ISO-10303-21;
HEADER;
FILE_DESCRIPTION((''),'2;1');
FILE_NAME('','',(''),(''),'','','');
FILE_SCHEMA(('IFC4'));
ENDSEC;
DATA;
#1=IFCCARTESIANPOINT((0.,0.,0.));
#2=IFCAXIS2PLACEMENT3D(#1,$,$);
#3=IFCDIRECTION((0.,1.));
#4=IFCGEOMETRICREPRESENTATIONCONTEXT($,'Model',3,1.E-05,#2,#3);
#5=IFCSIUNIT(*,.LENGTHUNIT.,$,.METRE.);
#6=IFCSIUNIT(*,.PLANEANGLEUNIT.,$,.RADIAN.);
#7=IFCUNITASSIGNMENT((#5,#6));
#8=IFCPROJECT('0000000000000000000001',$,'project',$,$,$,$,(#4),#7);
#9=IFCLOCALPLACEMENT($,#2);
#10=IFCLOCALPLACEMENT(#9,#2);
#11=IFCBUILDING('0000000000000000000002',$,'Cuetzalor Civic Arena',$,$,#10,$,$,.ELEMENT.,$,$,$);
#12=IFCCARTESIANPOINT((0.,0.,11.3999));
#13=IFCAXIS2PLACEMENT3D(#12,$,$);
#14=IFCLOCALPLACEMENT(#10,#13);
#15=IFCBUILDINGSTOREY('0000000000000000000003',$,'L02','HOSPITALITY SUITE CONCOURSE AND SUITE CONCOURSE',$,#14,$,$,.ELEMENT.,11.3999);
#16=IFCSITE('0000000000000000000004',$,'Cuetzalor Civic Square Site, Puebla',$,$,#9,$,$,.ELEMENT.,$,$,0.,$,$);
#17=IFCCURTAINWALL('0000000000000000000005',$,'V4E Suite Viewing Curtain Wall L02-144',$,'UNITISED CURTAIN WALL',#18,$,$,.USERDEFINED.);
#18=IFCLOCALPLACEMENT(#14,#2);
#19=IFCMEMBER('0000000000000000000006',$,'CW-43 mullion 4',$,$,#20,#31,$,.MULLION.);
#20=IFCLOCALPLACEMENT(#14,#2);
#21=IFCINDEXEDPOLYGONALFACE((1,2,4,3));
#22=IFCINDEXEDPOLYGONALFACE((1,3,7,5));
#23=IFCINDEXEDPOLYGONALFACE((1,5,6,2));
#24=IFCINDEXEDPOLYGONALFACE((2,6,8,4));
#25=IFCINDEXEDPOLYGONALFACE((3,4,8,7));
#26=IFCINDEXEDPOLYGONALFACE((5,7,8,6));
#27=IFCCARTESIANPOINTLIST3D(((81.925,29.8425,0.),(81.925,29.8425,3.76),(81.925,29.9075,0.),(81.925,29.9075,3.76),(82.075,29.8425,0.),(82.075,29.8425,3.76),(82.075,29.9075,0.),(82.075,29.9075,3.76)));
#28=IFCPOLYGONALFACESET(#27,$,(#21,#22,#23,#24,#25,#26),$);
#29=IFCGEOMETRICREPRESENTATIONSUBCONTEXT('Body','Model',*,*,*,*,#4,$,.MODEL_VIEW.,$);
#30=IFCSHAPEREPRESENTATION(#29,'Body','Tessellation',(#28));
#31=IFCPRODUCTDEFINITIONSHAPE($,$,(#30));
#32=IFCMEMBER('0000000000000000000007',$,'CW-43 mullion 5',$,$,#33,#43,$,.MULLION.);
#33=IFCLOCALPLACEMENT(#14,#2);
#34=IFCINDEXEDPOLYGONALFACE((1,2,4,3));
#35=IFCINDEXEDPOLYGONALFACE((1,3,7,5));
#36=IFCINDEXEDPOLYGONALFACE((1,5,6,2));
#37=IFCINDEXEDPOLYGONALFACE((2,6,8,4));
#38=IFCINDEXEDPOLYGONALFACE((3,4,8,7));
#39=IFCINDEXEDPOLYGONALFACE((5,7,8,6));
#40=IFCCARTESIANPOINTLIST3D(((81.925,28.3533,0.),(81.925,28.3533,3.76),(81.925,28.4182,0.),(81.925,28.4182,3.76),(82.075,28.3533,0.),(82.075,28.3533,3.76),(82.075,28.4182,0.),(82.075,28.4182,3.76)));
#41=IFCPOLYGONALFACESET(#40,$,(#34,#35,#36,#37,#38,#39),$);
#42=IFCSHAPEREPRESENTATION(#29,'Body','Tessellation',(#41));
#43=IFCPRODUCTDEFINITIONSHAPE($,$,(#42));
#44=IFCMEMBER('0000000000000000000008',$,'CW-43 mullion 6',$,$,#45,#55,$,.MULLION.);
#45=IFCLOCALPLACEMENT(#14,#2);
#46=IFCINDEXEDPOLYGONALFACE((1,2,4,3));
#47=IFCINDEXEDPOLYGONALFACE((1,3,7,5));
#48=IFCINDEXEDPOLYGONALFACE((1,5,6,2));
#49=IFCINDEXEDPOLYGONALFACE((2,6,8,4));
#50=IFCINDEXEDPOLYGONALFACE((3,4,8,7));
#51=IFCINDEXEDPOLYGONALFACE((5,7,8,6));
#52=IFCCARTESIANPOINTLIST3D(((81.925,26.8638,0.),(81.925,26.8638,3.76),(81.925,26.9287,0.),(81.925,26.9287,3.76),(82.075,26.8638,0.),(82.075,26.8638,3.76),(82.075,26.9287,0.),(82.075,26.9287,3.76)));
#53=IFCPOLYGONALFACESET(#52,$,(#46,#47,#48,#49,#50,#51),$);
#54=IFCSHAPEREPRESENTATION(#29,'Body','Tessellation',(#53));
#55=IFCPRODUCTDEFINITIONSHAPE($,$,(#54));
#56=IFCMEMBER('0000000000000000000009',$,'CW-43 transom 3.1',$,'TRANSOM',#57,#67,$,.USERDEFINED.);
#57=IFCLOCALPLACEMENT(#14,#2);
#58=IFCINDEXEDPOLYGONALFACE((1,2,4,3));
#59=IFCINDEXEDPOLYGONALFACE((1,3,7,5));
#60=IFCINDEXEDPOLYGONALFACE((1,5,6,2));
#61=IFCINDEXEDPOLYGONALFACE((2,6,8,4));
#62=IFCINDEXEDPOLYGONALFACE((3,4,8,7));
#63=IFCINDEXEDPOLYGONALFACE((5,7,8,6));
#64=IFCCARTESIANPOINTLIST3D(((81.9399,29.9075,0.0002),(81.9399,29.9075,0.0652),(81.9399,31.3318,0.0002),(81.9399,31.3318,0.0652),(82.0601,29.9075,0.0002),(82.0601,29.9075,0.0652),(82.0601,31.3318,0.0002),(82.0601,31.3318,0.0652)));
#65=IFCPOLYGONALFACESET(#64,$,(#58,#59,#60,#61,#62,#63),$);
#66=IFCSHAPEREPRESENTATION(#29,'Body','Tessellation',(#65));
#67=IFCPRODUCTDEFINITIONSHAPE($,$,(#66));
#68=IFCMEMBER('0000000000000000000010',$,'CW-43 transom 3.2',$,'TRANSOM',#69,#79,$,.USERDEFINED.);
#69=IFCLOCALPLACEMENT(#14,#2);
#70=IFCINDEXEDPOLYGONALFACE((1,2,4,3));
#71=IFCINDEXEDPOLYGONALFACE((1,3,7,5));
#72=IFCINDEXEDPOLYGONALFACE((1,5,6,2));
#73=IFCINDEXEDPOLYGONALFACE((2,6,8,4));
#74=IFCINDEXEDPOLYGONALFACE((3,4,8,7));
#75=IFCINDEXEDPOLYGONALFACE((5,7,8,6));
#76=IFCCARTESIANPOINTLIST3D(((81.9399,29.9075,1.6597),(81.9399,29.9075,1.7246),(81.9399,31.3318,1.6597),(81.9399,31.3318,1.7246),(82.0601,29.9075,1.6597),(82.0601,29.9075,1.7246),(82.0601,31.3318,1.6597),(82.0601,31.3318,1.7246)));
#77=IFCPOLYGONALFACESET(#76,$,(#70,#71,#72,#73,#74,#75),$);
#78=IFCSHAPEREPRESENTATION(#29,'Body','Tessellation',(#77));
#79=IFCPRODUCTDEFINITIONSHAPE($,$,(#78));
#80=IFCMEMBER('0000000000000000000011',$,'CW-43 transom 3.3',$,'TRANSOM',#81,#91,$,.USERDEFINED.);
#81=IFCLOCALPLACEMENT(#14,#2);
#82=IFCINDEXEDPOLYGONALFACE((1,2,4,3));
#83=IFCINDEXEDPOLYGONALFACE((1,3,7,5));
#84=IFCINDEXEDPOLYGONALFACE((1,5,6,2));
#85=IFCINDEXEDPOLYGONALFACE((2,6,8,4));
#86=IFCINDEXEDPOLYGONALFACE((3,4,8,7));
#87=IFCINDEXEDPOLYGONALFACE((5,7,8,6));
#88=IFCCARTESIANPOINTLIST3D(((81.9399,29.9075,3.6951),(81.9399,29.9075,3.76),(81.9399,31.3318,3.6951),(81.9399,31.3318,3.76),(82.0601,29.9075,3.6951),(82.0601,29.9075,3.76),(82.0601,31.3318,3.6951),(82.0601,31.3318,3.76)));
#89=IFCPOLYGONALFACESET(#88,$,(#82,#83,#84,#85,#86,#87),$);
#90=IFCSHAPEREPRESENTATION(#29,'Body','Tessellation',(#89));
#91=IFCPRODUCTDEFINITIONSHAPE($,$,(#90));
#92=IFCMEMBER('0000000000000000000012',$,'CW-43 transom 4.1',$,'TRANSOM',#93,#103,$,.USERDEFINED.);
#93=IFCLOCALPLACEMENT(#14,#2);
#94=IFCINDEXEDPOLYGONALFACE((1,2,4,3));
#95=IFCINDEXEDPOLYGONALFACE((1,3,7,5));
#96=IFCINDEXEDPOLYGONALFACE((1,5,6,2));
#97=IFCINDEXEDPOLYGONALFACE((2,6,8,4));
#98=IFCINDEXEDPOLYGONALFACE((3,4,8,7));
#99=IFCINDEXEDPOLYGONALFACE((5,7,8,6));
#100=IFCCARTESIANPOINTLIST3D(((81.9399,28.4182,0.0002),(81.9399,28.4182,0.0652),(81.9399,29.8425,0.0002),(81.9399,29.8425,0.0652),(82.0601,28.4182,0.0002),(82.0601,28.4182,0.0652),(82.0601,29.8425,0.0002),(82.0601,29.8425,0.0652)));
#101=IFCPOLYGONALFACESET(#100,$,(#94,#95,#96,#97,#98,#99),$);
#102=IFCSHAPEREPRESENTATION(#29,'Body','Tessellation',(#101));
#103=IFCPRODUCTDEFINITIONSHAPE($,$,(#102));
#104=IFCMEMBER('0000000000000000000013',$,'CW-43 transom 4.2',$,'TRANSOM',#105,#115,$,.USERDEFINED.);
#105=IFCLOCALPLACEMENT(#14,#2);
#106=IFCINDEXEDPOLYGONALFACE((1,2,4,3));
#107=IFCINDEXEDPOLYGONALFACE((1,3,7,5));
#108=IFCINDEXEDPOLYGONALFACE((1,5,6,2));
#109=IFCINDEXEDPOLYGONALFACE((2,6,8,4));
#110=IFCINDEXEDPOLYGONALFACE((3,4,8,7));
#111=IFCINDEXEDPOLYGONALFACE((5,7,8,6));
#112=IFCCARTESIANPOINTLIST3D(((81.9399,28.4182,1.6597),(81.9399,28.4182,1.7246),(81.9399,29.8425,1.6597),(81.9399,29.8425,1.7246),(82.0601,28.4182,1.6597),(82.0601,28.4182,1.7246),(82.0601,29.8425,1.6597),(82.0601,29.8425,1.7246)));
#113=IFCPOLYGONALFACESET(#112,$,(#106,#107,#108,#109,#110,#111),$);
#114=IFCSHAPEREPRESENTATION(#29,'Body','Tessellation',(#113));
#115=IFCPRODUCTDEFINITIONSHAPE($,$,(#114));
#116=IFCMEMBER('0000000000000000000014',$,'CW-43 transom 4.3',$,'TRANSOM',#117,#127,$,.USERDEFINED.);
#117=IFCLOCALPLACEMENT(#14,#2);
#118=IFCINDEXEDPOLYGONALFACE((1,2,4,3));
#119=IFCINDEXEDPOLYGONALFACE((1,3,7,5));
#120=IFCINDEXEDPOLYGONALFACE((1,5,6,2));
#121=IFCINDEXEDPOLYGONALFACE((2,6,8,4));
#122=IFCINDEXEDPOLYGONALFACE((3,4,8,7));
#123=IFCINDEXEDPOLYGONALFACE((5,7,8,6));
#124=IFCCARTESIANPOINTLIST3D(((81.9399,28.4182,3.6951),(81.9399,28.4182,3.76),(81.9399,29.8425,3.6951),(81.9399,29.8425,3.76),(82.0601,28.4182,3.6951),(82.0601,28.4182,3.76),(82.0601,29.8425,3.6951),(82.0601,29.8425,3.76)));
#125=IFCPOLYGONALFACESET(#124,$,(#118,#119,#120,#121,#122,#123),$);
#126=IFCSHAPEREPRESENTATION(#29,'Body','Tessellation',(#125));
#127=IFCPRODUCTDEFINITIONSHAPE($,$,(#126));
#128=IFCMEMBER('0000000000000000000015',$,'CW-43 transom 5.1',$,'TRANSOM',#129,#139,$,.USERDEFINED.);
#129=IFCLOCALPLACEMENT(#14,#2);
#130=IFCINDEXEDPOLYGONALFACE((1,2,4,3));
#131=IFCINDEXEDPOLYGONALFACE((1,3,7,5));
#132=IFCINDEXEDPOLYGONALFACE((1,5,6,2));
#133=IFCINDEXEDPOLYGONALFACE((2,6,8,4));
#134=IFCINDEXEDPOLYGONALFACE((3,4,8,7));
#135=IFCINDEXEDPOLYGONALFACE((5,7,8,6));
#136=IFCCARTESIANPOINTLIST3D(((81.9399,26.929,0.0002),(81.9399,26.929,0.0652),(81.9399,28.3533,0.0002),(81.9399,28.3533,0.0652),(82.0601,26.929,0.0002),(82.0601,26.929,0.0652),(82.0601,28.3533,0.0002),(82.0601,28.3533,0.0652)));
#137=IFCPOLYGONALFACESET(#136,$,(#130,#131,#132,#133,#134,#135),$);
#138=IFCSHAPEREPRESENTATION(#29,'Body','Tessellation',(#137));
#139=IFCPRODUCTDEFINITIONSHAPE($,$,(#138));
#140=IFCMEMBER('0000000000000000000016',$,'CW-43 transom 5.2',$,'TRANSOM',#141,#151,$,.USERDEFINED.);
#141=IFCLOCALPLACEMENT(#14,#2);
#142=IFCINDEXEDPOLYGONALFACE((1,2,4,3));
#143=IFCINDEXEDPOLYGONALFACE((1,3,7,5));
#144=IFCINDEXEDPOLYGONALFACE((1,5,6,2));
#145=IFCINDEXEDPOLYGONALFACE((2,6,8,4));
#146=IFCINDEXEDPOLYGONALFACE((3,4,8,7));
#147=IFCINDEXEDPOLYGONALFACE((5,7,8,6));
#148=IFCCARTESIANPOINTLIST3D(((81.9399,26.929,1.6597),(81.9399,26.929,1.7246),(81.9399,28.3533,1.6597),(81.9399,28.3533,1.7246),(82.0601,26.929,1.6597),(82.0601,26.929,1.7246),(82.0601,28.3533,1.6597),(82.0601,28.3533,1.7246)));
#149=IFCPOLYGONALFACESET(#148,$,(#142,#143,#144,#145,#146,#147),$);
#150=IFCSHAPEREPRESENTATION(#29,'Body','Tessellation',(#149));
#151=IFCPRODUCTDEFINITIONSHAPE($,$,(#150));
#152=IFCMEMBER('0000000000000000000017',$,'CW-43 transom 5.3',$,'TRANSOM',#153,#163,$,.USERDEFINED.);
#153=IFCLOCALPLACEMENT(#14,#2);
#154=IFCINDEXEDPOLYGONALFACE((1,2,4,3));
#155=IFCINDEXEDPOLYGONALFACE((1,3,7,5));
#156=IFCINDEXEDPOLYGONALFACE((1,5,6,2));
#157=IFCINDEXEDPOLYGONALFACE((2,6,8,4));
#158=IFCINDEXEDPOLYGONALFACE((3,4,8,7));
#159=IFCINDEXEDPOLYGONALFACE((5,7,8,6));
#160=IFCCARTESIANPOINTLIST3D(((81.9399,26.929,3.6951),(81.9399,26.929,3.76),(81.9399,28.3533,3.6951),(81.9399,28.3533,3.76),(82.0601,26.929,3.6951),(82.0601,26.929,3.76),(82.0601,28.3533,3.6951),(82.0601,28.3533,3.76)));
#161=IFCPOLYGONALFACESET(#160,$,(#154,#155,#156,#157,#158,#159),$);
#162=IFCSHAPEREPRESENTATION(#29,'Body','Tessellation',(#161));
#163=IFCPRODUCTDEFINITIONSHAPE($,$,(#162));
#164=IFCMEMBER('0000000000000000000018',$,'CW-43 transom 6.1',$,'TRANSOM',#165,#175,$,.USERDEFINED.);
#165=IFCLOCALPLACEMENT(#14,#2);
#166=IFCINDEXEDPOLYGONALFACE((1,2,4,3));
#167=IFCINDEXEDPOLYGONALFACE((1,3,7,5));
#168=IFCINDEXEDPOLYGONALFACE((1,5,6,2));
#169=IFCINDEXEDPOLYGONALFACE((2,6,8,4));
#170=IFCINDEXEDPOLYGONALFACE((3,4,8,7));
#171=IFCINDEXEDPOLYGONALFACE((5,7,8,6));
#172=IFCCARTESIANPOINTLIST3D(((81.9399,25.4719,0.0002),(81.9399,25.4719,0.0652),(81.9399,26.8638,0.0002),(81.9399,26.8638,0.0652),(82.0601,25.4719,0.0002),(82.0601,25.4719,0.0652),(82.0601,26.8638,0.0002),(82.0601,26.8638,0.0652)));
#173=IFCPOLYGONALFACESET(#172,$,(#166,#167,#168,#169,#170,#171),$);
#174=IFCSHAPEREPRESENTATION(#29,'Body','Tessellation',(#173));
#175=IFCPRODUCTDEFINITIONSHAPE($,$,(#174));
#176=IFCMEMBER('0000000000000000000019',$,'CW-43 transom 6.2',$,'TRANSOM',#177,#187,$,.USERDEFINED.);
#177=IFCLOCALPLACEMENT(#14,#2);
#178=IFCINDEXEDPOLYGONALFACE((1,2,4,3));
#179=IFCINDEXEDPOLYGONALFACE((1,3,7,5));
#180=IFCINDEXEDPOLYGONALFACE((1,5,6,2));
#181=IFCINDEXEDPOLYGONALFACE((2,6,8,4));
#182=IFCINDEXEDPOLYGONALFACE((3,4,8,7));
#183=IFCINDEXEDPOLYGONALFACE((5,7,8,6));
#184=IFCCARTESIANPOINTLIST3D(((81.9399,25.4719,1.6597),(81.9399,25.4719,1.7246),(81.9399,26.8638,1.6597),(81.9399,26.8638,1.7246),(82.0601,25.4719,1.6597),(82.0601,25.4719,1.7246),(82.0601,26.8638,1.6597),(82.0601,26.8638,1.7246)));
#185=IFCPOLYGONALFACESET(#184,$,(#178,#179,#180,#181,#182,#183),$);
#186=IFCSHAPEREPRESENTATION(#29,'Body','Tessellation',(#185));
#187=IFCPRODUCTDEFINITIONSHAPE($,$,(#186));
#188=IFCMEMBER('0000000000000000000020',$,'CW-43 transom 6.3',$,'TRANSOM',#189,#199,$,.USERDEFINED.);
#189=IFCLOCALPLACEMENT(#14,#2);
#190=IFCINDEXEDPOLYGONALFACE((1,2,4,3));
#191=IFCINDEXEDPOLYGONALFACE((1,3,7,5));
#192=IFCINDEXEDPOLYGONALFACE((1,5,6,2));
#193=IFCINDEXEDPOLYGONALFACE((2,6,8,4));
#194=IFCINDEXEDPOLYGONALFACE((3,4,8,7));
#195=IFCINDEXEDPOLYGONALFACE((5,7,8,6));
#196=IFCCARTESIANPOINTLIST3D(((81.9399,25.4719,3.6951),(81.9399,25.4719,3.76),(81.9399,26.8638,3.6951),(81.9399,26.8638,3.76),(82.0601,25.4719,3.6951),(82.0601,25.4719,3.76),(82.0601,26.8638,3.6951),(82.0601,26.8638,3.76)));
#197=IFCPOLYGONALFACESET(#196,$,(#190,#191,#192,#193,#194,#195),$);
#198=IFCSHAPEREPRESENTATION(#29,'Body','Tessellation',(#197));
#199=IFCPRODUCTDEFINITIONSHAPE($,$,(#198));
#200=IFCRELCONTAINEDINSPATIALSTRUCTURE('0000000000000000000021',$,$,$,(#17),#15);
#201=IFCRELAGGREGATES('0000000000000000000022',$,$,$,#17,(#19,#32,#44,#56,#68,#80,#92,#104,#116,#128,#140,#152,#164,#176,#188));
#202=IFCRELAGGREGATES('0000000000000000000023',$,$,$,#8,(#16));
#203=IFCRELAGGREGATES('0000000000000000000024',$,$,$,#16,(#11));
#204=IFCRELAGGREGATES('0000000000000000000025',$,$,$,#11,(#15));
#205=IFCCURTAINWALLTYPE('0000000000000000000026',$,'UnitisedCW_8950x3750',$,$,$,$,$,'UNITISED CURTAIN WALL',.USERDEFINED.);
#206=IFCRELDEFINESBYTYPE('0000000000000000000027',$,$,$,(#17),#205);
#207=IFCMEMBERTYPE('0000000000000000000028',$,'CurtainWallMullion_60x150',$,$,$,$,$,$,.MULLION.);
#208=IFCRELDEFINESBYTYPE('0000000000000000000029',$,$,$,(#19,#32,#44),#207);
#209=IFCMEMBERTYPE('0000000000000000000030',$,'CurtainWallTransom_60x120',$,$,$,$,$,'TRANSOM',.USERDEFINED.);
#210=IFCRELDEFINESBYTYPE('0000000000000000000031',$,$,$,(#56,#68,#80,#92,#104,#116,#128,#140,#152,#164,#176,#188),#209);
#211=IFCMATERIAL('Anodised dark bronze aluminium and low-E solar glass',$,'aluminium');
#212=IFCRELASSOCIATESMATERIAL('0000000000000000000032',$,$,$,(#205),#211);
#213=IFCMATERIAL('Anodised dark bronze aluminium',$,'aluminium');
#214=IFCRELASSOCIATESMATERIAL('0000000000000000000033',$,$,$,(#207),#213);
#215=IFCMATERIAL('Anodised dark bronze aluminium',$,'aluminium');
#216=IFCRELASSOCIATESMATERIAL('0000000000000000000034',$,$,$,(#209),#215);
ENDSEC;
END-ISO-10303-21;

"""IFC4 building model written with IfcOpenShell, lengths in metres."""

from ifc_helpers import new_model, si_unit, direction, frame, origin, origin_2d, place, context, subcontext, project, spatial, rectangle, extrude, material, material_profile, profile_set, type_object, element, aggregate, save


model = new_model("IFC4")

# Units and contexts
model_context = context("Model", 3, precision=1e-05, world=origin(), true_north=direction((0.0, 1.0)))
body_context = subcontext(model_context, "Body", "Model", "MODEL_VIEW")
ifc_project = project(units=[si_unit("LENGTHUNIT", "METRE"), si_unit("PLANEANGLEUNIT", "RADIAN")], contexts=[model_context])

# Site, building, storey
site_placement = place(None, origin())
site = spatial("IfcSite", under=ifc_project, at=site_placement, Name="Cuetzalor Civic Square Site, Puebla", CompositionType="ELEMENT", RefElevation=0.0)
building_placement = place(site_placement, origin())
building = spatial("IfcBuilding", under=site, at=building_placement, Name="Cuetzalor Civic Arena", CompositionType="ELEMENT")
storey_placement = place(building_placement, frame((0.0, 0.0, 11.3999)))
storey = spatial("IfcBuildingStorey", under=building, at=storey_placement, Name="L02", Description="HOSPITALITY SUITE CONCOURSE AND SUITE CONCOURSE", CompositionType="ELEMENT", Elevation=11.3999)

# Curtain wall, members
ifc_material_1 = material(Name="Anodised dark bronze aluminium and low-E solar glass", Category="aluminium")
curtain_wall_type = type_object("IfcCurtainWallType", Name="UnitisedCW_8950x3750", ElementType="UNITISED CURTAIN WALL", PredefinedType="USERDEFINED", material=ifc_material_1)
curtain_wall_placement = place(storey_placement, origin())
curtain_wall = element("IfcCurtainWall", 1, at=curtain_wall_placement, inside=storey, type_object=curtain_wall_type, Name="V4E Suite Viewing Curtain Wall L02-144", ObjectType="UNITISED CURTAIN WALL", PredefinedType="USERDEFINED")
ifc_material_2 = material(Name="Anodised dark bronze aluminium", Category="aluminium")
ifc_material_profile_1 = material_profile(ifc_material_2, rectangle(XDim=0.0649, YDim=0.1499, at=origin_2d()), Name="ALU MULLION 65x150")
ifc_profile_set_1 = profile_set([ifc_material_profile_1], Name="Anodised dark bronze aluminium")
member_type_1 = type_object("IfcMemberType", Name="CurtainWallMullion_60x150", PredefinedType="MULLION", material=ifc_profile_set_1)
member_1_placement = place(storey_placement, frame((82.0, 29.875, 0.0), z_axis=(0.0, 0.0, 1.0), x_axis=(0.0, -1.0, 0.0)))
member_1 = element("IfcMember", 2, at=member_1_placement, type_object=member_type_1, Name="CW-43 mullion 4", PredefinedType="MULLION", context=body_context, shape_type="SweptSolid", body=[
    extrude(rectangle(XDim=0.0649, YDim=0.1499, at=origin_2d()), origin(), (0.0, 0.0, 1.0), 3.76),
])
member_2_placement = place(storey_placement, frame((82.0, 28.3857, 0.0), z_axis=(0.0, 0.0, 1.0), x_axis=(0.0, -1.0, 0.0)))
member_2 = element("IfcMember", 3, at=member_2_placement, type_object=member_type_1, Name="CW-43 mullion 5", PredefinedType="MULLION", context=body_context, shape_type="SweptSolid", body=[
    extrude(rectangle(XDim=0.0649, YDim=0.1499, at=origin_2d()), origin(), (0.0, 0.0, 1.0), 3.76),
])
member_3_placement = place(storey_placement, frame((82.0, 26.8962, 0.0), z_axis=(0.0, 0.0, 1.0), x_axis=(0.0, -1.0, 0.0)))
member_3 = element("IfcMember", 4, at=member_3_placement, type_object=member_type_1, Name="CW-43 mullion 6", PredefinedType="MULLION", context=body_context, shape_type="SweptSolid", body=[
    extrude(rectangle(XDim=0.0649, YDim=0.1499, at=origin_2d()), origin(), (0.0, 0.0, 1.0), 3.76),
])
ifc_material_3 = material(Name="Anodised dark bronze aluminium", Category="aluminium")
ifc_material_profile_2 = material_profile(ifc_material_3, rectangle(XDim=0.1201, YDim=0.0649, at=origin_2d()), Name="ALU TRANSOM 65x120")
ifc_profile_set_2 = profile_set([ifc_material_profile_2], Name="Anodised dark bronze aluminium")
member_type_2 = type_object("IfcMemberType", Name="CurtainWallTransom_60x120", ElementType="TRANSOM", PredefinedType="USERDEFINED", material=ifc_profile_set_2)
member_4_placement = place(storey_placement, frame((82.0, 31.3318, 0.0327), z_axis=(0.0, -1.0, 0.0), x_axis=(1.0, 0.0, 0.0)))
member_4 = element("IfcMember", 5, at=member_4_placement, type_object=member_type_2, Name="CW-43 transom 3.1", ObjectType="TRANSOM", PredefinedType="USERDEFINED", context=body_context, shape_type="SweptSolid", body=[
    extrude(rectangle(XDim=0.1201, YDim=0.0649, at=origin_2d()), origin(), (0.0, 0.0, 1.0), 1.4243),
])
member_5_placement = place(storey_placement, frame((82.0, 31.3318, 1.6921), z_axis=(0.0, -1.0, 0.0), x_axis=(1.0, 0.0, 0.0)))
member_5 = element("IfcMember", 6, at=member_5_placement, type_object=member_type_2, Name="CW-43 transom 3.2", ObjectType="TRANSOM", PredefinedType="USERDEFINED", context=body_context, shape_type="SweptSolid", body=[
    extrude(rectangle(XDim=0.1201, YDim=0.0649, at=origin_2d()), origin(), (0.0, 0.0, 1.0), 1.4243),
])
member_6_placement = place(storey_placement, frame((82.0, 31.3318, 3.7275), z_axis=(0.0, -1.0, 0.0), x_axis=(1.0, 0.0, 0.0)))
member_6 = element("IfcMember", 7, at=member_6_placement, type_object=member_type_2, Name="CW-43 transom 3.3", ObjectType="TRANSOM", PredefinedType="USERDEFINED", context=body_context, shape_type="SweptSolid", body=[
    extrude(rectangle(XDim=0.1201, YDim=0.0649, at=origin_2d()), origin(), (0.0, 0.0, 1.0), 1.4243),
])
member_7_placement = place(storey_placement, frame((82.0, 29.8425, 0.0327), z_axis=(0.0, -1.0, 0.0), x_axis=(1.0, 0.0, 0.0)))
member_7 = element("IfcMember", 8, at=member_7_placement, type_object=member_type_2, Name="CW-43 transom 4.1", ObjectType="TRANSOM", PredefinedType="USERDEFINED", context=body_context, shape_type="SweptSolid", body=[
    extrude(rectangle(XDim=0.1201, YDim=0.0649, at=origin_2d()), origin(), (0.0, 0.0, 1.0), 1.4243),
])
member_8_placement = place(storey_placement, frame((82.0, 29.8425, 1.6921), z_axis=(0.0, -1.0, 0.0), x_axis=(1.0, 0.0, 0.0)))
member_8 = element("IfcMember", 9, at=member_8_placement, type_object=member_type_2, Name="CW-43 transom 4.2", ObjectType="TRANSOM", PredefinedType="USERDEFINED", context=body_context, shape_type="SweptSolid", body=[
    extrude(rectangle(XDim=0.1201, YDim=0.0649, at=origin_2d()), origin(), (0.0, 0.0, 1.0), 1.4243),
])
member_9_placement = place(storey_placement, frame((82.0, 29.8425, 3.7275), z_axis=(0.0, -1.0, 0.0), x_axis=(1.0, 0.0, 0.0)))
member_9 = element("IfcMember", 10, at=member_9_placement, type_object=member_type_2, Name="CW-43 transom 4.3", ObjectType="TRANSOM", PredefinedType="USERDEFINED", context=body_context, shape_type="SweptSolid", body=[
    extrude(rectangle(XDim=0.1201, YDim=0.0649, at=origin_2d()), origin(), (0.0, 0.0, 1.0), 1.4243),
])
member_10_placement = place(storey_placement, frame((82.0, 28.3533, 0.0327), z_axis=(0.0, -1.0, 0.0), x_axis=(1.0, 0.0, 0.0)))
member_10 = element("IfcMember", 11, at=member_10_placement, type_object=member_type_2, Name="CW-43 transom 5.1", ObjectType="TRANSOM", PredefinedType="USERDEFINED", context=body_context, shape_type="SweptSolid", body=[
    extrude(rectangle(XDim=0.1201, YDim=0.0649, at=origin_2d()), origin(), (0.0, 0.0, 1.0), 1.4243),
])
member_11_placement = place(storey_placement, frame((82.0, 28.3533, 1.6921), z_axis=(0.0, -1.0, 0.0), x_axis=(1.0, 0.0, 0.0)))
member_11 = element("IfcMember", 12, at=member_11_placement, type_object=member_type_2, Name="CW-43 transom 5.2", ObjectType="TRANSOM", PredefinedType="USERDEFINED", context=body_context, shape_type="SweptSolid", body=[
    extrude(rectangle(XDim=0.1201, YDim=0.0649, at=origin_2d()), origin(), (0.0, 0.0, 1.0), 1.4243),
])
member_12_placement = place(storey_placement, frame((82.0, 28.3533, 3.7275), z_axis=(0.0, -1.0, 0.0), x_axis=(1.0, 0.0, 0.0)))
member_12 = element("IfcMember", 13, at=member_12_placement, type_object=member_type_2, Name="CW-43 transom 5.3", ObjectType="TRANSOM", PredefinedType="USERDEFINED", context=body_context, shape_type="SweptSolid", body=[
    extrude(rectangle(XDim=0.1201, YDim=0.0649, at=origin_2d()), origin(), (0.0, 0.0, 1.0), 1.4243),
])
member_13_placement = place(storey_placement, frame((82.0, 26.8638, 0.0327), z_axis=(0.0, -1.0, 0.0), x_axis=(1.0, 0.0, 0.0)))
member_13 = element("IfcMember", 14, at=member_13_placement, type_object=member_type_2, Name="CW-43 transom 6.1", ObjectType="TRANSOM", PredefinedType="USERDEFINED", context=body_context, shape_type="SweptSolid", body=[
    extrude(rectangle(XDim=0.1201, YDim=0.0649, at=origin_2d()), origin(), (0.0, 0.0, 1.0), 1.3918),
])
member_14_placement = place(storey_placement, frame((82.0, 26.8638, 1.6921), z_axis=(0.0, -1.0, 0.0), x_axis=(1.0, 0.0, 0.0)))
member_14 = element("IfcMember", 15, at=member_14_placement, type_object=member_type_2, Name="CW-43 transom 6.2", ObjectType="TRANSOM", PredefinedType="USERDEFINED", context=body_context, shape_type="SweptSolid", body=[
    extrude(rectangle(XDim=0.1201, YDim=0.0649, at=origin_2d()), origin(), (0.0, 0.0, 1.0), 1.3918),
])
member_15_placement = place(storey_placement, frame((82.0, 26.8638, 3.7275), z_axis=(0.0, -1.0, 0.0), x_axis=(1.0, 0.0, 0.0)))
member_15 = element("IfcMember", 16, at=member_15_placement, type_object=member_type_2, Name="CW-43 transom 6.3", ObjectType="TRANSOM", PredefinedType="USERDEFINED", context=body_context, shape_type="SweptSolid", body=[
    extrude(rectangle(XDim=0.1201, YDim=0.0649, at=origin_2d()), origin(), (0.0, 0.0, 1.0), 1.3918),
])

aggregate(curtain_wall, [member_1, member_2, member_3, member_4, member_5, member_6, member_7, member_8, member_9, member_10, member_11, member_12, member_13, member_14, member_15])

save(model, "model.ifc")
